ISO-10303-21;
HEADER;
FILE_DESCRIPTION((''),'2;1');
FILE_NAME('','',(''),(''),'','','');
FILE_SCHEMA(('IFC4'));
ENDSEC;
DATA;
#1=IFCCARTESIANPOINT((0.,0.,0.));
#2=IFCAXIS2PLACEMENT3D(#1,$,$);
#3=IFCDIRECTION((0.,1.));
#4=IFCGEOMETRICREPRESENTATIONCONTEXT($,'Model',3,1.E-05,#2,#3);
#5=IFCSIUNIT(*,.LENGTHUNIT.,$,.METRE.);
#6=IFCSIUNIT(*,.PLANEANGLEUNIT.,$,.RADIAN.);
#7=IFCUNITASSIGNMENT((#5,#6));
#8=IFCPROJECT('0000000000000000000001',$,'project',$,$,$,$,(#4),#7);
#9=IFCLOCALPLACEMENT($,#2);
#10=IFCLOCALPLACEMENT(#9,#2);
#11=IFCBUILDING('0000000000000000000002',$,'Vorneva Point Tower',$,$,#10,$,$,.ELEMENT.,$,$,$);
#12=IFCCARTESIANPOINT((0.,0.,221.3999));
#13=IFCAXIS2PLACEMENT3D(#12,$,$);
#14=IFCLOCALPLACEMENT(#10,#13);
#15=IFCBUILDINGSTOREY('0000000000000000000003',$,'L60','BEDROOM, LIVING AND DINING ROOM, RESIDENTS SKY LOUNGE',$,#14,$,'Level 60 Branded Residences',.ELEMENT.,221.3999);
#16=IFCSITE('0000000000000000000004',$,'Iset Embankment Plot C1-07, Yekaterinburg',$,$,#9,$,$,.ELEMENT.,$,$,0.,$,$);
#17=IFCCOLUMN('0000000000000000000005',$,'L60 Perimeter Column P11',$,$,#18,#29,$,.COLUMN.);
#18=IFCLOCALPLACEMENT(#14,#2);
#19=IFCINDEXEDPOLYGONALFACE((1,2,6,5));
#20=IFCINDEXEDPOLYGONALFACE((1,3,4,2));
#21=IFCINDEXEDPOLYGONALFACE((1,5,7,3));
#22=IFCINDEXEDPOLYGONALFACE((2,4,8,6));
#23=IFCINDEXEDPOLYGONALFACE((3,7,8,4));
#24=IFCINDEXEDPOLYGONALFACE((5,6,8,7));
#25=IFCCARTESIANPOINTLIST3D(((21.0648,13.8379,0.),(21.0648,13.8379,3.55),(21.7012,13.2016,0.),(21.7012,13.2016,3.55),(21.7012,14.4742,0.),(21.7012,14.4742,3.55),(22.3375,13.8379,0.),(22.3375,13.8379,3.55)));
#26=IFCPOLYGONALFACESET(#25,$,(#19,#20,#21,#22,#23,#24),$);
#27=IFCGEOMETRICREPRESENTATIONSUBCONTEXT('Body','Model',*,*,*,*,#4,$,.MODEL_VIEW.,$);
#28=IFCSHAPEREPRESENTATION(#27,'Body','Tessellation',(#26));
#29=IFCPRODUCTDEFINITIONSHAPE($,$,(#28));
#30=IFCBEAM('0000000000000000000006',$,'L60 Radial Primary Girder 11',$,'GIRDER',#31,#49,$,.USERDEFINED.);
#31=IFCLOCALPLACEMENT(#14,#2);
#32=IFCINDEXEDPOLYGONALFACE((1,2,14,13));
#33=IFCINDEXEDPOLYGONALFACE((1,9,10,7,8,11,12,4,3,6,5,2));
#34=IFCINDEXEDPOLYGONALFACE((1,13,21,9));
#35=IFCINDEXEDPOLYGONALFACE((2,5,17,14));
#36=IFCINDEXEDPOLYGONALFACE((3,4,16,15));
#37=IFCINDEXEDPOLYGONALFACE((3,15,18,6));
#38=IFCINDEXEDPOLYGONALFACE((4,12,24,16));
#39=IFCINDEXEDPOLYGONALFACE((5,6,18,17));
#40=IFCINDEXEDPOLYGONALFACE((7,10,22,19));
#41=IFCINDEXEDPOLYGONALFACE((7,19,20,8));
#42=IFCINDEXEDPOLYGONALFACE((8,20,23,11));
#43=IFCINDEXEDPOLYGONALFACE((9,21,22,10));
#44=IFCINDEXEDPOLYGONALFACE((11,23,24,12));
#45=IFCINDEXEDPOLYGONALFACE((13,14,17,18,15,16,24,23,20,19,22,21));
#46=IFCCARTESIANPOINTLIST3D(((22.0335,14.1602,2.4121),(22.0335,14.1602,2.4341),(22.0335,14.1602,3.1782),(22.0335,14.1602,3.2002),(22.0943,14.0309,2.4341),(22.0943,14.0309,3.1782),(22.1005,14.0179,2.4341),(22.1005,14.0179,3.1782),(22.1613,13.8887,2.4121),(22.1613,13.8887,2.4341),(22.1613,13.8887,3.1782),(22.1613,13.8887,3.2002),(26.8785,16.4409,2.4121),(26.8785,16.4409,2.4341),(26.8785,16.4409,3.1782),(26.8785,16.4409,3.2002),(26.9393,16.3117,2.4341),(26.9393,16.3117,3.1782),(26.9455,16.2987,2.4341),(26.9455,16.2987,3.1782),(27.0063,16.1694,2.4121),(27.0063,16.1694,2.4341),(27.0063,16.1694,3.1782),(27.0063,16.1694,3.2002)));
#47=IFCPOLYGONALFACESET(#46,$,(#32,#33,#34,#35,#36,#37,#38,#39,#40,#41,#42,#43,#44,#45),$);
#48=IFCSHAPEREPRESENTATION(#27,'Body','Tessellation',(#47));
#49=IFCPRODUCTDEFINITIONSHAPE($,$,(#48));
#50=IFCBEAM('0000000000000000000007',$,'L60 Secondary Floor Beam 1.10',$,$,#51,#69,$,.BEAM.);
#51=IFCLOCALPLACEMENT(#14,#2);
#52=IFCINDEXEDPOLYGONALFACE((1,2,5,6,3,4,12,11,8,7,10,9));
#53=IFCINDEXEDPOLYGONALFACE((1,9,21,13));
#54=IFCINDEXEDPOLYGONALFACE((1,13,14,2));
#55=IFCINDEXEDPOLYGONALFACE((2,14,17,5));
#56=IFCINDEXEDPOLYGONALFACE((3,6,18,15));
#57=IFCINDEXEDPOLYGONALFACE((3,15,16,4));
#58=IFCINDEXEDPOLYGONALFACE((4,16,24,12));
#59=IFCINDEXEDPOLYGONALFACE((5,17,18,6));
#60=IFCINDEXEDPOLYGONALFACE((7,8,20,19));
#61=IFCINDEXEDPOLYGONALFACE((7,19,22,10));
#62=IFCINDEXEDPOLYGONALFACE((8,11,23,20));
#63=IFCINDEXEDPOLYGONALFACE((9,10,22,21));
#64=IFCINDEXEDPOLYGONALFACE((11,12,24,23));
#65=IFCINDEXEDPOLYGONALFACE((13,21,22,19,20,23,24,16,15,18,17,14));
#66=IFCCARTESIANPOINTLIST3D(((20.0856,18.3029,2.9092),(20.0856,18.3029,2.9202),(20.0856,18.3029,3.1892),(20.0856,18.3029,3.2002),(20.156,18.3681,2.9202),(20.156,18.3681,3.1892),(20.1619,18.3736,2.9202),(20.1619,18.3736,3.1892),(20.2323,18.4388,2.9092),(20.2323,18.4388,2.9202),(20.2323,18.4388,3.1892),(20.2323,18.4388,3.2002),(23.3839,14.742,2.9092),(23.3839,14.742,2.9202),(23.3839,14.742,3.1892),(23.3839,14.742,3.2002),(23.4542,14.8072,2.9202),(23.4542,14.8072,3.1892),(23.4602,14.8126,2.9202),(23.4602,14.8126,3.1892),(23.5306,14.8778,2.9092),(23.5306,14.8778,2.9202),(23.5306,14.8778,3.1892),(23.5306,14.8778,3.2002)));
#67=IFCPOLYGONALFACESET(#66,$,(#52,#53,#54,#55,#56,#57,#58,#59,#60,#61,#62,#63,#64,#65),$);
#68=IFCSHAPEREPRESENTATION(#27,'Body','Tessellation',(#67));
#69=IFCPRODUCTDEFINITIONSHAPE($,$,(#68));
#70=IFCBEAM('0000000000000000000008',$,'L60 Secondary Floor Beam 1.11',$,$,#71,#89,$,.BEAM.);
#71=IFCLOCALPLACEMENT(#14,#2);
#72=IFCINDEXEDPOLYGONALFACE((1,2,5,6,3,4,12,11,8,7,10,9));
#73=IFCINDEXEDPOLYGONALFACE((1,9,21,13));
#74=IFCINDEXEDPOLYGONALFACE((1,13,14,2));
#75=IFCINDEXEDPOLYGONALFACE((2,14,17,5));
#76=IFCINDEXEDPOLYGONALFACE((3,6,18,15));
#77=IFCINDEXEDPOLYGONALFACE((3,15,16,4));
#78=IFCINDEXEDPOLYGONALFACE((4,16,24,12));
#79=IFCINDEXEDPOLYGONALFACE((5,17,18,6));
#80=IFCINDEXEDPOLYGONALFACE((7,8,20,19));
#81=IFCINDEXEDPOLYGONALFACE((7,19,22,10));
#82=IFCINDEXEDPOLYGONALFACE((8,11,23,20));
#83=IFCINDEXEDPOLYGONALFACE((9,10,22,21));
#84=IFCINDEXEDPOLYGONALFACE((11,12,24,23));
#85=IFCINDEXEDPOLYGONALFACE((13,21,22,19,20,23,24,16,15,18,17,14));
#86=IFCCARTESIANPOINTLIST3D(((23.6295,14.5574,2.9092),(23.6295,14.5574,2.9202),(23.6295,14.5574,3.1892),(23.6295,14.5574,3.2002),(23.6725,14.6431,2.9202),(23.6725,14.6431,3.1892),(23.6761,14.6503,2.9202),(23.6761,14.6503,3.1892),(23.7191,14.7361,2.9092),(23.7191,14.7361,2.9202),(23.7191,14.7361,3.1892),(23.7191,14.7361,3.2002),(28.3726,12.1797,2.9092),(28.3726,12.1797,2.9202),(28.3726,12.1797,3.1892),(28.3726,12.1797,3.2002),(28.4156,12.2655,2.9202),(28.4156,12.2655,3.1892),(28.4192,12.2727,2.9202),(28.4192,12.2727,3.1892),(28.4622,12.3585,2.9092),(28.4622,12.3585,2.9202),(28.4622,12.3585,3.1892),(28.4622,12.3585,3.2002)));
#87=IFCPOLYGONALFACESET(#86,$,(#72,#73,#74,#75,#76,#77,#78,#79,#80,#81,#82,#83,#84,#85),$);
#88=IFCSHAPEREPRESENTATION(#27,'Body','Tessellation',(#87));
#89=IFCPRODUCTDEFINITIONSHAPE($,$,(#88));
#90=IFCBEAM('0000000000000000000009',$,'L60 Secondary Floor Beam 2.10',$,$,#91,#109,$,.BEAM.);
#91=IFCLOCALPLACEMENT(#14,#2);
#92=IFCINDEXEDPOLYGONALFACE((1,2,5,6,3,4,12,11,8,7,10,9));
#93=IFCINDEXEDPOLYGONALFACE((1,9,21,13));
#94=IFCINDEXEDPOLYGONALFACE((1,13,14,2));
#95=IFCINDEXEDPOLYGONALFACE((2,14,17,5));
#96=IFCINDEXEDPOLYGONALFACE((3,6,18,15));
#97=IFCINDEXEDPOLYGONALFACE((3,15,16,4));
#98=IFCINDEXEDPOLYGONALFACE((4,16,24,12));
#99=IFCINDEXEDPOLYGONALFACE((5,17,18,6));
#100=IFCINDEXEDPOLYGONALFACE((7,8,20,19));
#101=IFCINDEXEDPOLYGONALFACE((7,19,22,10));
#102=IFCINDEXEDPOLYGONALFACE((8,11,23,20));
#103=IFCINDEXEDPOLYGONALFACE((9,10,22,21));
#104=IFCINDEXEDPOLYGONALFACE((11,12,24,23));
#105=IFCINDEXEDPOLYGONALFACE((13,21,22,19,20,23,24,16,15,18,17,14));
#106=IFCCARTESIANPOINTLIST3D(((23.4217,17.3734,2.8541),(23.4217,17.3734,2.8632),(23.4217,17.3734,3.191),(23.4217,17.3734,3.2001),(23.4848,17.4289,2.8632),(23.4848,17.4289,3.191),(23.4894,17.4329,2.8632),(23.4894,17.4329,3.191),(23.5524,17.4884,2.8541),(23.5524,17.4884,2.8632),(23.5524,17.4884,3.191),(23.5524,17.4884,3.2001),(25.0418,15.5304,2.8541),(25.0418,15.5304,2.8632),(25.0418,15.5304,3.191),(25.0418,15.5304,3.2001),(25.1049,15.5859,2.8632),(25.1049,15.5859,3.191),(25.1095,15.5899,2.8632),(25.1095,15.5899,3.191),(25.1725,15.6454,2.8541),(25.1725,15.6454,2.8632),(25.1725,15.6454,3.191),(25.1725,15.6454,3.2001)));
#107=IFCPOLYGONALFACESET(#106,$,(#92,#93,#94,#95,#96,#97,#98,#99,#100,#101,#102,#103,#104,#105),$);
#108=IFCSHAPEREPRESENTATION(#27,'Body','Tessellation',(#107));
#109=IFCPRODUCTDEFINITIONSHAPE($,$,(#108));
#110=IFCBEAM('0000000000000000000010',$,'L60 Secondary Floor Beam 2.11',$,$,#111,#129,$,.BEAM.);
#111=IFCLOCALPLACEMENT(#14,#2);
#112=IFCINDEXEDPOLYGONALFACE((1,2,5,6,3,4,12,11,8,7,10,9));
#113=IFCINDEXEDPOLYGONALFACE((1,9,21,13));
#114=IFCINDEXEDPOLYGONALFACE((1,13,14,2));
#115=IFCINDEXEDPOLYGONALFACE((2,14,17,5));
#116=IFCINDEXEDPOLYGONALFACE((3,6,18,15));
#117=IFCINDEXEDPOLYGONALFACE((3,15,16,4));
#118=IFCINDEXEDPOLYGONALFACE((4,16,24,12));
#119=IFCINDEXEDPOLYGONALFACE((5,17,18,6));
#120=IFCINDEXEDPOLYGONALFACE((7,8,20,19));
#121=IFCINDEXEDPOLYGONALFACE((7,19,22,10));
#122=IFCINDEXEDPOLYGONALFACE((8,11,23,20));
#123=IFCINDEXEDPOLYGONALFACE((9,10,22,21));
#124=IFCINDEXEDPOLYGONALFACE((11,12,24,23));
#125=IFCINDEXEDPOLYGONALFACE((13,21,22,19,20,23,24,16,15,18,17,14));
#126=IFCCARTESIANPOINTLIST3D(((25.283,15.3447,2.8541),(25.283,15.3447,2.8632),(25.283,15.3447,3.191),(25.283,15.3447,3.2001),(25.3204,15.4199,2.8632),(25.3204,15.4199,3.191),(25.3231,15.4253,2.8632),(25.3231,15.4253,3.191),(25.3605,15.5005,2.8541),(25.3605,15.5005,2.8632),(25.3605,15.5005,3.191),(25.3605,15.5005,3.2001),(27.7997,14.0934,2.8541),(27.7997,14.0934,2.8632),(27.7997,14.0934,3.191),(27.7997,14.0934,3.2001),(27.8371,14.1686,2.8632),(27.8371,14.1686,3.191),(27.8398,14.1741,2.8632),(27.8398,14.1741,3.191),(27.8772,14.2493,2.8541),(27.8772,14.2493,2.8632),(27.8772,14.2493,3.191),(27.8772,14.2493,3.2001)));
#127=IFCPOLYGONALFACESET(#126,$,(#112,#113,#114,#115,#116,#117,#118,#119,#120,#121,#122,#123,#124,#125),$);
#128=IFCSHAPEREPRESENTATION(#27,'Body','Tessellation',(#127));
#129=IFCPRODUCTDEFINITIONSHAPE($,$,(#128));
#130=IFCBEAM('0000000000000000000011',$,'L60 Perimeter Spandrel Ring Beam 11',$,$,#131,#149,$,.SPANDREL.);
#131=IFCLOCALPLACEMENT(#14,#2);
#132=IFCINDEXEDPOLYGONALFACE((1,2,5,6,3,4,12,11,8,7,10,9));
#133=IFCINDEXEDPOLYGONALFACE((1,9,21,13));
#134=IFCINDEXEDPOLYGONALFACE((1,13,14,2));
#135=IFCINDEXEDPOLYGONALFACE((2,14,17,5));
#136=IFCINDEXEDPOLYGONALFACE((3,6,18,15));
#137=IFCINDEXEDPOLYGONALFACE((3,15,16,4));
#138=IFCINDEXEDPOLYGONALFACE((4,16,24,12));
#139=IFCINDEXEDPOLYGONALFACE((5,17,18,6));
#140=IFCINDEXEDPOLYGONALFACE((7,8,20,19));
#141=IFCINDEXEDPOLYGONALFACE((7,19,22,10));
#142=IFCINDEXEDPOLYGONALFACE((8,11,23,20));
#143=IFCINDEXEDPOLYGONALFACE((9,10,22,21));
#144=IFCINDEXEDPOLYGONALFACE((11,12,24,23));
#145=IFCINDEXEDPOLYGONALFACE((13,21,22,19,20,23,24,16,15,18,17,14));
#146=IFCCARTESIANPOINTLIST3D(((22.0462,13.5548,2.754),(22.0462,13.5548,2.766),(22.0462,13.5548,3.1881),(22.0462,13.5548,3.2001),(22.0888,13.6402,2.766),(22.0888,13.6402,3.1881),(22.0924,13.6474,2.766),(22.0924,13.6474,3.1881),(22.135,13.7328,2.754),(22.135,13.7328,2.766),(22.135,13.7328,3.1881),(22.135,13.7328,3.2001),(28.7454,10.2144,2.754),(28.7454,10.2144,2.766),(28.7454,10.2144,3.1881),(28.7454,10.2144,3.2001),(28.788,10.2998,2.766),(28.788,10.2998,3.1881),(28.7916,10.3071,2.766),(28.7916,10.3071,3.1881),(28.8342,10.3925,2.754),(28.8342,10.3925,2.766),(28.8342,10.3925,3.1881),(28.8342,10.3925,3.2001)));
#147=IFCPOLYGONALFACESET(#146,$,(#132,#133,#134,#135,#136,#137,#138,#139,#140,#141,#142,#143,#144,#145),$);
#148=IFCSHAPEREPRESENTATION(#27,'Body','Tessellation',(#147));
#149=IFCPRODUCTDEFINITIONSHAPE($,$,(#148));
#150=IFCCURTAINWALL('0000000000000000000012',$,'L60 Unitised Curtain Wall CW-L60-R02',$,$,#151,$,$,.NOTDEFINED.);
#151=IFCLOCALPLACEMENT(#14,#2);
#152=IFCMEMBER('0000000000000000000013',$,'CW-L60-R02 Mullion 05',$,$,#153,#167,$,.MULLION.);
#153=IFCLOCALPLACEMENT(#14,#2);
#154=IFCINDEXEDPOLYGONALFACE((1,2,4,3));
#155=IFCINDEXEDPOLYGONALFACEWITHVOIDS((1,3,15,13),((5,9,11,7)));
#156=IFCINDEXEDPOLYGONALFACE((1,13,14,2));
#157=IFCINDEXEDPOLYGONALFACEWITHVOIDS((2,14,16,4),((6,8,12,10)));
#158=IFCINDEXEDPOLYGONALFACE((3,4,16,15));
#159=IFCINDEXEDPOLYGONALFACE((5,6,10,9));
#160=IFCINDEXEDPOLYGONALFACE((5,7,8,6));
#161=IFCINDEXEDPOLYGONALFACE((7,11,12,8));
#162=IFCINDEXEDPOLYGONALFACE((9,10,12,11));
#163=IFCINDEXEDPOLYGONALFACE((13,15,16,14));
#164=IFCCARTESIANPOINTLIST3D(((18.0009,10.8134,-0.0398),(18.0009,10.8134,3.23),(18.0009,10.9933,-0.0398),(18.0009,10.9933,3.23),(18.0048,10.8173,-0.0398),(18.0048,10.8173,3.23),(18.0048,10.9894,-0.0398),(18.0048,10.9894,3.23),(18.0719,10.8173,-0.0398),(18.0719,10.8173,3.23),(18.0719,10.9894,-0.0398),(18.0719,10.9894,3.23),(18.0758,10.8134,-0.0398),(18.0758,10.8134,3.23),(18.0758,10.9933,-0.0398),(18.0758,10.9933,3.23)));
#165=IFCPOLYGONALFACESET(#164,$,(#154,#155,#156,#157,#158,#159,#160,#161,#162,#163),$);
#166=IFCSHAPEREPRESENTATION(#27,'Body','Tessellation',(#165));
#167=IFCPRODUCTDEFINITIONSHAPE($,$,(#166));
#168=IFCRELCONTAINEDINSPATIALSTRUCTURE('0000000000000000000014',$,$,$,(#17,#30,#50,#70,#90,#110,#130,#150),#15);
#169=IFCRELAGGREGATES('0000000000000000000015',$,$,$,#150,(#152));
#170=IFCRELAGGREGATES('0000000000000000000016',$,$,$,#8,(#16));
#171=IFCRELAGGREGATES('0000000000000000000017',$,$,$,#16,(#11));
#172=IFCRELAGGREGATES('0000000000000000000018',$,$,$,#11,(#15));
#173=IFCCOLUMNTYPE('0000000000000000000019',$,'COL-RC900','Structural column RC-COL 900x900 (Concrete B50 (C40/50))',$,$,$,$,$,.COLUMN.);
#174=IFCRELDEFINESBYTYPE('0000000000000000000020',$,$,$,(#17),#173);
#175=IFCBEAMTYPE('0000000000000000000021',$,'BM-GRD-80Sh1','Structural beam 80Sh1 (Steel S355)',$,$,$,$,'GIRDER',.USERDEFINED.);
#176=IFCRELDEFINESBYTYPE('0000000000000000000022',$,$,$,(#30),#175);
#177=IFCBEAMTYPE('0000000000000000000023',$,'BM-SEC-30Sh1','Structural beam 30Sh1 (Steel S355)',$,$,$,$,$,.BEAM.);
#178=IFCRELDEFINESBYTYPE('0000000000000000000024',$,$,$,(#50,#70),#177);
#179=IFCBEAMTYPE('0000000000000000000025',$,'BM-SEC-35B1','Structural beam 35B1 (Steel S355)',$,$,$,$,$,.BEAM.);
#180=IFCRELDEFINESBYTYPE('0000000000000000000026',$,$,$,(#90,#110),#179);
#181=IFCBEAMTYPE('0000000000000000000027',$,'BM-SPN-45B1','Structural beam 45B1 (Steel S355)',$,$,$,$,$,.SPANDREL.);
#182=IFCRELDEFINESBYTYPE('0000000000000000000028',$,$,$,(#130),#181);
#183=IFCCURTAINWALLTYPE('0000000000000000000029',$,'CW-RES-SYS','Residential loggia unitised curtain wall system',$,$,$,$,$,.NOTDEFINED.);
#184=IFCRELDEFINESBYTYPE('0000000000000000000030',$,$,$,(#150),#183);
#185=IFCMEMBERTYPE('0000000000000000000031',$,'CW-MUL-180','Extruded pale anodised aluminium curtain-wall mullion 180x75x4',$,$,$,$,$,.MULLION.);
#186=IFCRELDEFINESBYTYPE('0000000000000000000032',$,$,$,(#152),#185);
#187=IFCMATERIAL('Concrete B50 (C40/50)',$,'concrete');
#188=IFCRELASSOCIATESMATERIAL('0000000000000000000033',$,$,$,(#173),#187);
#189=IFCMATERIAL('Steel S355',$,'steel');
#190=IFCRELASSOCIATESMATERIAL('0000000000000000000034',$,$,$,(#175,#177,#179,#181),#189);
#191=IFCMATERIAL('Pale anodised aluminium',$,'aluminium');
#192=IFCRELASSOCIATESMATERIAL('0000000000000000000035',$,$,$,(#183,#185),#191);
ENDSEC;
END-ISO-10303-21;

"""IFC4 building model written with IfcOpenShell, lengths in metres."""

from ifc_helpers import new_model, si_unit, direction, frame, origin, origin_2d, place, context, subcontext, project, spatial, rectangle, hollow_rectangle, i_section, extrude, material, material_profile, profile_set, type_object, element, aggregate, save


model = new_model("IFC4")

# Units and contexts
model_context = context("Model", 3, precision=1e-05, world=origin(), true_north=direction((0.0, 1.0)))
body_context = subcontext(model_context, "Body", "Model", "MODEL_VIEW")
ifc_project = project(units=[si_unit("LENGTHUNIT", "METRE"), si_unit("PLANEANGLEUNIT", "RADIAN")], contexts=[model_context])

# Site, building, storey
site_placement = place(None, origin())
site = spatial("IfcSite", under=ifc_project, at=site_placement, Name="Iset Embankment Plot C1-07, Yekaterinburg", CompositionType="ELEMENT", RefElevation=0.0)
building_placement = place(site_placement, origin())
building = spatial("IfcBuilding", under=site, at=building_placement, Name="Vorneva Point Tower", CompositionType="ELEMENT")
storey_placement = place(building_placement, frame((0.0, 0.0, 221.3999)))
storey = spatial("IfcBuildingStorey", under=building, at=storey_placement, Name="L60", Description="BEDROOM, LIVING AND DINING ROOM, RESIDENTS SKY LOUNGE", LongName="Level 60 Branded Residences", CompositionType="ELEMENT", Elevation=221.3999)

# Column
ifc_material_1 = material(Name="Concrete B50 (C40/50)", Category="concrete")
ifc_material_profile_1 = material_profile(ifc_material_1, rectangle(XDim=0.8999, YDim=0.8999, at=origin_2d()), Name="RC-COL 900x900")
ifc_profile_set_1 = profile_set([ifc_material_profile_1], Name="Concrete B50 (C40/50)")
column_type = type_object("IfcColumnType", Name="COL-RC900", Description="Structural column RC-COL 900x900 (Concrete B50 (C40/50))", PredefinedType="COLUMN", material=ifc_profile_set_1)
column_placement = place(storey_placement, frame((21.7012, 13.8379, 0.0), z_axis=(0.0, 0.0, 1.0), x_axis=(-0.707107, -0.707107, 0.0)))
element("IfcColumn", 1, at=column_placement, inside=storey, type_object=column_type, Name="L60 Perimeter Column P11", PredefinedType="COLUMN", context=body_context, shape_type="SweptSolid", body=[
    extrude(rectangle(XDim=0.8999, YDim=0.8999, at=origin_2d()), origin(), (0.0, 0.0, 1.0), 3.55),
])

# Beams
ifc_material_2 = material(Name="Steel S355", Category="steel")
ifc_material_profile_2 = material_profile(ifc_material_2, i_section(OverallWidth=0.3, OverallDepth=0.7881, WebThickness=0.0144, FlangeThickness=0.022, at=origin_2d()), Name="80Sh1")
ifc_profile_set_2 = profile_set([ifc_material_profile_2], Name="Steel S355")
beam_type_1 = type_object("IfcBeamType", Name="BM-GRD-80Sh1", Description="Structural beam 80Sh1 (Steel S355)", ElementType="GIRDER", PredefinedType="USERDEFINED", material=ifc_profile_set_2)
beam_1_placement = place(storey_placement, frame((22.0974, 14.0244, 2.8062), z_axis=(0.904763, 0.425916, 0.0), x_axis=(-0.425916, 0.904763, 0.0)))
element("IfcBeam", 2, at=beam_1_placement, inside=storey, type_object=beam_type_1, Name="L60 Radial Primary Girder 11", ObjectType="GIRDER", PredefinedType="USERDEFINED", context=body_context, shape_type="SweptSolid", body=[
    extrude(i_section(OverallWidth=0.3, OverallDepth=0.7881, WebThickness=0.0144, FlangeThickness=0.022, at=origin_2d()), origin(), (0.0, 0.0, 1.0), 5.355),
])
ifc_material_profile_3 = material_profile(ifc_material_2, i_section(OverallWidth=0.2, OverallDepth=0.291, WebThickness=0.0081, FlangeThickness=0.011, at=origin_2d()), Name="30Sh1")
ifc_profile_set_3 = profile_set([ifc_material_profile_3], Name="Steel S355")
beam_type_2 = type_object("IfcBeamType", Name="BM-SEC-30Sh1", Description="Structural beam 30Sh1 (Steel S355)", PredefinedType="BEAM", material=ifc_profile_set_3)
beam_2_placement = place(storey_placement, frame((20.1589, 18.3708, 3.0547), z_axis=(0.679528, -0.733649, 0.0), x_axis=(0.733649, 0.679528, 0.0)))
element("IfcBeam", 3, at=beam_2_placement, inside=storey, type_object=beam_type_2, Name="L60 Secondary Floor Beam 1.10", PredefinedType="BEAM", context=body_context, shape_type="SweptSolid", body=[
    extrude(i_section(OverallWidth=0.2, OverallDepth=0.291, WebThickness=0.0081, FlangeThickness=0.011, at=origin_2d()), origin(), (0.0, 0.0, 1.0), 4.8538),
])
beam_3_placement = place(storey_placement, frame((23.6743, 14.6467, 3.0547), z_axis=(0.893967, -0.448134, 0.0), x_axis=(0.448134, 0.893967, 0.0)))
element("IfcBeam", 4, at=beam_3_placement, inside=storey, type_object=beam_type_2, Name="L60 Secondary Floor Beam 1.11", PredefinedType="BEAM", context=body_context, shape_type="SweptSolid", body=[
    extrude(i_section(OverallWidth=0.2, OverallDepth=0.291, WebThickness=0.0081, FlangeThickness=0.011, at=origin_2d()), origin(), (0.0, 0.0, 1.0), 5.3057),
])
ifc_material_profile_4 = material_profile(ifc_material_2, i_section(OverallWidth=0.1741, OverallDepth=0.3459, WebThickness=0.0061, FlangeThickness=0.009, at=origin_2d()), Name="35B1")
ifc_profile_set_4 = profile_set([ifc_material_profile_4], Name="Steel S355")
beam_type_3 = type_object("IfcBeamType", Name="BM-SEC-35B1", Description="Structural beam 35B1 (Steel S355)", PredefinedType="BEAM", material=ifc_profile_set_4)
beam_4_placement = place(storey_placement, frame((23.4871, 17.4309, 3.0271), z_axis=(0.660229, -0.751065, 0.0), x_axis=(0.751065, 0.660229, 0.0)))
element("IfcBeam", 5, at=beam_4_placement, inside=storey, type_object=beam_type_3, Name="L60 Secondary Floor Beam 2.10", PredefinedType="BEAM", context=body_context, shape_type="SweptSolid", body=[
    extrude(i_section(OverallWidth=0.1741, OverallDepth=0.3459, WebThickness=0.0061, FlangeThickness=0.009, at=origin_2d()), origin(), (0.0, 0.0, 1.0), 2.4539),
])
beam_5_placement = place(storey_placement, frame((25.3218, 15.4226, 3.0271), z_axis=(0.895433, -0.445197, 0.0), x_axis=(0.445197, 0.895433, 0.0)))
element("IfcBeam", 6, at=beam_5_placement, inside=storey, type_object=beam_type_3, Name="L60 Secondary Floor Beam 2.11", PredefinedType="BEAM", context=body_context, shape_type="SweptSolid", body=[
    extrude(i_section(OverallWidth=0.1741, OverallDepth=0.3459, WebThickness=0.0061, FlangeThickness=0.009, at=origin_2d()), origin(), (0.0, 0.0, 1.0), 2.8105),
])
ifc_material_profile_5 = material_profile(ifc_material_2, i_section(OverallWidth=0.199, OverallDepth=0.446, WebThickness=0.0081, FlangeThickness=0.012, at=origin_2d()), Name="45B1")
ifc_profile_set_5 = profile_set([ifc_material_profile_5], Name="Steel S355")
beam_type_4 = type_object("IfcBeamType", Name="BM-SPN-45B1", Description="Structural beam 45B1 (Steel S355)", PredefinedType="SPANDREL", material=ifc_profile_set_5)
beam_6_placement = place(storey_placement, frame((22.0906, 13.6438, 2.9771), z_axis=(0.894922, -0.446222, 0.0), x_axis=(0.446222, 0.894922, 0.0)))
element("IfcBeam", 7, at=beam_6_placement, inside=storey, type_object=beam_type_4, Name="L60 Perimeter Spandrel Ring Beam 11", PredefinedType="SPANDREL", context=body_context, shape_type="SweptSolid", body=[
    extrude(i_section(OverallWidth=0.199, OverallDepth=0.446, WebThickness=0.0081, FlangeThickness=0.012, at=origin_2d()), origin(), (0.0, 0.0, 1.0), 7.4858),
])

# Curtain wall, member
ifc_material_3 = material(Name="Pale anodised aluminium", Category="aluminium")
curtain_wall_type = type_object("IfcCurtainWallType", Name="CW-RES-SYS", Description="Residential loggia unitised curtain wall system", PredefinedType="NOTDEFINED", material=ifc_material_3)
curtain_wall_placement = place(storey_placement, origin())
curtain_wall = element("IfcCurtainWall", 8, at=curtain_wall_placement, inside=storey, type_object=curtain_wall_type, Name="L60 Unitised Curtain Wall CW-L60-R02", PredefinedType="NOTDEFINED")
ifc_material_profile_6 = material_profile(ifc_material_3, hollow_rectangle(XDim=0.075, YDim=0.1799, WallThickness=0.0039, at=origin_2d()), Name="AL-MUL 180x75x4")
ifc_profile_set_6 = profile_set([ifc_material_profile_6], Name="Pale anodised aluminium")
member_type_1 = type_object("IfcMemberType", Name="CW-MUL-180", Description="Extruded pale anodised aluminium curtain-wall mullion 180x75x4", PredefinedType="MULLION", material=ifc_profile_set_6)
member_1_placement = place(storey_placement, frame((18.0383, 10.9033, -0.0398), z_axis=(0.0, 0.0, 1.0), x_axis=(1.0, 0.0, 0.0)))
member_1 = element("IfcMember", 9, at=member_1_placement, type_object=member_type_1, Name="CW-L60-R02 Mullion 05", PredefinedType="MULLION", context=body_context, shape_type="SweptSolid", body=[
    extrude(hollow_rectangle(XDim=0.075, YDim=0.1799, WallThickness=0.0039, at=origin_2d()), origin(), (0.0, 0.0, 1.0), 3.2698),
])
aggregate(curtain_wall, [member_1])

save(model, "model.ifc")
